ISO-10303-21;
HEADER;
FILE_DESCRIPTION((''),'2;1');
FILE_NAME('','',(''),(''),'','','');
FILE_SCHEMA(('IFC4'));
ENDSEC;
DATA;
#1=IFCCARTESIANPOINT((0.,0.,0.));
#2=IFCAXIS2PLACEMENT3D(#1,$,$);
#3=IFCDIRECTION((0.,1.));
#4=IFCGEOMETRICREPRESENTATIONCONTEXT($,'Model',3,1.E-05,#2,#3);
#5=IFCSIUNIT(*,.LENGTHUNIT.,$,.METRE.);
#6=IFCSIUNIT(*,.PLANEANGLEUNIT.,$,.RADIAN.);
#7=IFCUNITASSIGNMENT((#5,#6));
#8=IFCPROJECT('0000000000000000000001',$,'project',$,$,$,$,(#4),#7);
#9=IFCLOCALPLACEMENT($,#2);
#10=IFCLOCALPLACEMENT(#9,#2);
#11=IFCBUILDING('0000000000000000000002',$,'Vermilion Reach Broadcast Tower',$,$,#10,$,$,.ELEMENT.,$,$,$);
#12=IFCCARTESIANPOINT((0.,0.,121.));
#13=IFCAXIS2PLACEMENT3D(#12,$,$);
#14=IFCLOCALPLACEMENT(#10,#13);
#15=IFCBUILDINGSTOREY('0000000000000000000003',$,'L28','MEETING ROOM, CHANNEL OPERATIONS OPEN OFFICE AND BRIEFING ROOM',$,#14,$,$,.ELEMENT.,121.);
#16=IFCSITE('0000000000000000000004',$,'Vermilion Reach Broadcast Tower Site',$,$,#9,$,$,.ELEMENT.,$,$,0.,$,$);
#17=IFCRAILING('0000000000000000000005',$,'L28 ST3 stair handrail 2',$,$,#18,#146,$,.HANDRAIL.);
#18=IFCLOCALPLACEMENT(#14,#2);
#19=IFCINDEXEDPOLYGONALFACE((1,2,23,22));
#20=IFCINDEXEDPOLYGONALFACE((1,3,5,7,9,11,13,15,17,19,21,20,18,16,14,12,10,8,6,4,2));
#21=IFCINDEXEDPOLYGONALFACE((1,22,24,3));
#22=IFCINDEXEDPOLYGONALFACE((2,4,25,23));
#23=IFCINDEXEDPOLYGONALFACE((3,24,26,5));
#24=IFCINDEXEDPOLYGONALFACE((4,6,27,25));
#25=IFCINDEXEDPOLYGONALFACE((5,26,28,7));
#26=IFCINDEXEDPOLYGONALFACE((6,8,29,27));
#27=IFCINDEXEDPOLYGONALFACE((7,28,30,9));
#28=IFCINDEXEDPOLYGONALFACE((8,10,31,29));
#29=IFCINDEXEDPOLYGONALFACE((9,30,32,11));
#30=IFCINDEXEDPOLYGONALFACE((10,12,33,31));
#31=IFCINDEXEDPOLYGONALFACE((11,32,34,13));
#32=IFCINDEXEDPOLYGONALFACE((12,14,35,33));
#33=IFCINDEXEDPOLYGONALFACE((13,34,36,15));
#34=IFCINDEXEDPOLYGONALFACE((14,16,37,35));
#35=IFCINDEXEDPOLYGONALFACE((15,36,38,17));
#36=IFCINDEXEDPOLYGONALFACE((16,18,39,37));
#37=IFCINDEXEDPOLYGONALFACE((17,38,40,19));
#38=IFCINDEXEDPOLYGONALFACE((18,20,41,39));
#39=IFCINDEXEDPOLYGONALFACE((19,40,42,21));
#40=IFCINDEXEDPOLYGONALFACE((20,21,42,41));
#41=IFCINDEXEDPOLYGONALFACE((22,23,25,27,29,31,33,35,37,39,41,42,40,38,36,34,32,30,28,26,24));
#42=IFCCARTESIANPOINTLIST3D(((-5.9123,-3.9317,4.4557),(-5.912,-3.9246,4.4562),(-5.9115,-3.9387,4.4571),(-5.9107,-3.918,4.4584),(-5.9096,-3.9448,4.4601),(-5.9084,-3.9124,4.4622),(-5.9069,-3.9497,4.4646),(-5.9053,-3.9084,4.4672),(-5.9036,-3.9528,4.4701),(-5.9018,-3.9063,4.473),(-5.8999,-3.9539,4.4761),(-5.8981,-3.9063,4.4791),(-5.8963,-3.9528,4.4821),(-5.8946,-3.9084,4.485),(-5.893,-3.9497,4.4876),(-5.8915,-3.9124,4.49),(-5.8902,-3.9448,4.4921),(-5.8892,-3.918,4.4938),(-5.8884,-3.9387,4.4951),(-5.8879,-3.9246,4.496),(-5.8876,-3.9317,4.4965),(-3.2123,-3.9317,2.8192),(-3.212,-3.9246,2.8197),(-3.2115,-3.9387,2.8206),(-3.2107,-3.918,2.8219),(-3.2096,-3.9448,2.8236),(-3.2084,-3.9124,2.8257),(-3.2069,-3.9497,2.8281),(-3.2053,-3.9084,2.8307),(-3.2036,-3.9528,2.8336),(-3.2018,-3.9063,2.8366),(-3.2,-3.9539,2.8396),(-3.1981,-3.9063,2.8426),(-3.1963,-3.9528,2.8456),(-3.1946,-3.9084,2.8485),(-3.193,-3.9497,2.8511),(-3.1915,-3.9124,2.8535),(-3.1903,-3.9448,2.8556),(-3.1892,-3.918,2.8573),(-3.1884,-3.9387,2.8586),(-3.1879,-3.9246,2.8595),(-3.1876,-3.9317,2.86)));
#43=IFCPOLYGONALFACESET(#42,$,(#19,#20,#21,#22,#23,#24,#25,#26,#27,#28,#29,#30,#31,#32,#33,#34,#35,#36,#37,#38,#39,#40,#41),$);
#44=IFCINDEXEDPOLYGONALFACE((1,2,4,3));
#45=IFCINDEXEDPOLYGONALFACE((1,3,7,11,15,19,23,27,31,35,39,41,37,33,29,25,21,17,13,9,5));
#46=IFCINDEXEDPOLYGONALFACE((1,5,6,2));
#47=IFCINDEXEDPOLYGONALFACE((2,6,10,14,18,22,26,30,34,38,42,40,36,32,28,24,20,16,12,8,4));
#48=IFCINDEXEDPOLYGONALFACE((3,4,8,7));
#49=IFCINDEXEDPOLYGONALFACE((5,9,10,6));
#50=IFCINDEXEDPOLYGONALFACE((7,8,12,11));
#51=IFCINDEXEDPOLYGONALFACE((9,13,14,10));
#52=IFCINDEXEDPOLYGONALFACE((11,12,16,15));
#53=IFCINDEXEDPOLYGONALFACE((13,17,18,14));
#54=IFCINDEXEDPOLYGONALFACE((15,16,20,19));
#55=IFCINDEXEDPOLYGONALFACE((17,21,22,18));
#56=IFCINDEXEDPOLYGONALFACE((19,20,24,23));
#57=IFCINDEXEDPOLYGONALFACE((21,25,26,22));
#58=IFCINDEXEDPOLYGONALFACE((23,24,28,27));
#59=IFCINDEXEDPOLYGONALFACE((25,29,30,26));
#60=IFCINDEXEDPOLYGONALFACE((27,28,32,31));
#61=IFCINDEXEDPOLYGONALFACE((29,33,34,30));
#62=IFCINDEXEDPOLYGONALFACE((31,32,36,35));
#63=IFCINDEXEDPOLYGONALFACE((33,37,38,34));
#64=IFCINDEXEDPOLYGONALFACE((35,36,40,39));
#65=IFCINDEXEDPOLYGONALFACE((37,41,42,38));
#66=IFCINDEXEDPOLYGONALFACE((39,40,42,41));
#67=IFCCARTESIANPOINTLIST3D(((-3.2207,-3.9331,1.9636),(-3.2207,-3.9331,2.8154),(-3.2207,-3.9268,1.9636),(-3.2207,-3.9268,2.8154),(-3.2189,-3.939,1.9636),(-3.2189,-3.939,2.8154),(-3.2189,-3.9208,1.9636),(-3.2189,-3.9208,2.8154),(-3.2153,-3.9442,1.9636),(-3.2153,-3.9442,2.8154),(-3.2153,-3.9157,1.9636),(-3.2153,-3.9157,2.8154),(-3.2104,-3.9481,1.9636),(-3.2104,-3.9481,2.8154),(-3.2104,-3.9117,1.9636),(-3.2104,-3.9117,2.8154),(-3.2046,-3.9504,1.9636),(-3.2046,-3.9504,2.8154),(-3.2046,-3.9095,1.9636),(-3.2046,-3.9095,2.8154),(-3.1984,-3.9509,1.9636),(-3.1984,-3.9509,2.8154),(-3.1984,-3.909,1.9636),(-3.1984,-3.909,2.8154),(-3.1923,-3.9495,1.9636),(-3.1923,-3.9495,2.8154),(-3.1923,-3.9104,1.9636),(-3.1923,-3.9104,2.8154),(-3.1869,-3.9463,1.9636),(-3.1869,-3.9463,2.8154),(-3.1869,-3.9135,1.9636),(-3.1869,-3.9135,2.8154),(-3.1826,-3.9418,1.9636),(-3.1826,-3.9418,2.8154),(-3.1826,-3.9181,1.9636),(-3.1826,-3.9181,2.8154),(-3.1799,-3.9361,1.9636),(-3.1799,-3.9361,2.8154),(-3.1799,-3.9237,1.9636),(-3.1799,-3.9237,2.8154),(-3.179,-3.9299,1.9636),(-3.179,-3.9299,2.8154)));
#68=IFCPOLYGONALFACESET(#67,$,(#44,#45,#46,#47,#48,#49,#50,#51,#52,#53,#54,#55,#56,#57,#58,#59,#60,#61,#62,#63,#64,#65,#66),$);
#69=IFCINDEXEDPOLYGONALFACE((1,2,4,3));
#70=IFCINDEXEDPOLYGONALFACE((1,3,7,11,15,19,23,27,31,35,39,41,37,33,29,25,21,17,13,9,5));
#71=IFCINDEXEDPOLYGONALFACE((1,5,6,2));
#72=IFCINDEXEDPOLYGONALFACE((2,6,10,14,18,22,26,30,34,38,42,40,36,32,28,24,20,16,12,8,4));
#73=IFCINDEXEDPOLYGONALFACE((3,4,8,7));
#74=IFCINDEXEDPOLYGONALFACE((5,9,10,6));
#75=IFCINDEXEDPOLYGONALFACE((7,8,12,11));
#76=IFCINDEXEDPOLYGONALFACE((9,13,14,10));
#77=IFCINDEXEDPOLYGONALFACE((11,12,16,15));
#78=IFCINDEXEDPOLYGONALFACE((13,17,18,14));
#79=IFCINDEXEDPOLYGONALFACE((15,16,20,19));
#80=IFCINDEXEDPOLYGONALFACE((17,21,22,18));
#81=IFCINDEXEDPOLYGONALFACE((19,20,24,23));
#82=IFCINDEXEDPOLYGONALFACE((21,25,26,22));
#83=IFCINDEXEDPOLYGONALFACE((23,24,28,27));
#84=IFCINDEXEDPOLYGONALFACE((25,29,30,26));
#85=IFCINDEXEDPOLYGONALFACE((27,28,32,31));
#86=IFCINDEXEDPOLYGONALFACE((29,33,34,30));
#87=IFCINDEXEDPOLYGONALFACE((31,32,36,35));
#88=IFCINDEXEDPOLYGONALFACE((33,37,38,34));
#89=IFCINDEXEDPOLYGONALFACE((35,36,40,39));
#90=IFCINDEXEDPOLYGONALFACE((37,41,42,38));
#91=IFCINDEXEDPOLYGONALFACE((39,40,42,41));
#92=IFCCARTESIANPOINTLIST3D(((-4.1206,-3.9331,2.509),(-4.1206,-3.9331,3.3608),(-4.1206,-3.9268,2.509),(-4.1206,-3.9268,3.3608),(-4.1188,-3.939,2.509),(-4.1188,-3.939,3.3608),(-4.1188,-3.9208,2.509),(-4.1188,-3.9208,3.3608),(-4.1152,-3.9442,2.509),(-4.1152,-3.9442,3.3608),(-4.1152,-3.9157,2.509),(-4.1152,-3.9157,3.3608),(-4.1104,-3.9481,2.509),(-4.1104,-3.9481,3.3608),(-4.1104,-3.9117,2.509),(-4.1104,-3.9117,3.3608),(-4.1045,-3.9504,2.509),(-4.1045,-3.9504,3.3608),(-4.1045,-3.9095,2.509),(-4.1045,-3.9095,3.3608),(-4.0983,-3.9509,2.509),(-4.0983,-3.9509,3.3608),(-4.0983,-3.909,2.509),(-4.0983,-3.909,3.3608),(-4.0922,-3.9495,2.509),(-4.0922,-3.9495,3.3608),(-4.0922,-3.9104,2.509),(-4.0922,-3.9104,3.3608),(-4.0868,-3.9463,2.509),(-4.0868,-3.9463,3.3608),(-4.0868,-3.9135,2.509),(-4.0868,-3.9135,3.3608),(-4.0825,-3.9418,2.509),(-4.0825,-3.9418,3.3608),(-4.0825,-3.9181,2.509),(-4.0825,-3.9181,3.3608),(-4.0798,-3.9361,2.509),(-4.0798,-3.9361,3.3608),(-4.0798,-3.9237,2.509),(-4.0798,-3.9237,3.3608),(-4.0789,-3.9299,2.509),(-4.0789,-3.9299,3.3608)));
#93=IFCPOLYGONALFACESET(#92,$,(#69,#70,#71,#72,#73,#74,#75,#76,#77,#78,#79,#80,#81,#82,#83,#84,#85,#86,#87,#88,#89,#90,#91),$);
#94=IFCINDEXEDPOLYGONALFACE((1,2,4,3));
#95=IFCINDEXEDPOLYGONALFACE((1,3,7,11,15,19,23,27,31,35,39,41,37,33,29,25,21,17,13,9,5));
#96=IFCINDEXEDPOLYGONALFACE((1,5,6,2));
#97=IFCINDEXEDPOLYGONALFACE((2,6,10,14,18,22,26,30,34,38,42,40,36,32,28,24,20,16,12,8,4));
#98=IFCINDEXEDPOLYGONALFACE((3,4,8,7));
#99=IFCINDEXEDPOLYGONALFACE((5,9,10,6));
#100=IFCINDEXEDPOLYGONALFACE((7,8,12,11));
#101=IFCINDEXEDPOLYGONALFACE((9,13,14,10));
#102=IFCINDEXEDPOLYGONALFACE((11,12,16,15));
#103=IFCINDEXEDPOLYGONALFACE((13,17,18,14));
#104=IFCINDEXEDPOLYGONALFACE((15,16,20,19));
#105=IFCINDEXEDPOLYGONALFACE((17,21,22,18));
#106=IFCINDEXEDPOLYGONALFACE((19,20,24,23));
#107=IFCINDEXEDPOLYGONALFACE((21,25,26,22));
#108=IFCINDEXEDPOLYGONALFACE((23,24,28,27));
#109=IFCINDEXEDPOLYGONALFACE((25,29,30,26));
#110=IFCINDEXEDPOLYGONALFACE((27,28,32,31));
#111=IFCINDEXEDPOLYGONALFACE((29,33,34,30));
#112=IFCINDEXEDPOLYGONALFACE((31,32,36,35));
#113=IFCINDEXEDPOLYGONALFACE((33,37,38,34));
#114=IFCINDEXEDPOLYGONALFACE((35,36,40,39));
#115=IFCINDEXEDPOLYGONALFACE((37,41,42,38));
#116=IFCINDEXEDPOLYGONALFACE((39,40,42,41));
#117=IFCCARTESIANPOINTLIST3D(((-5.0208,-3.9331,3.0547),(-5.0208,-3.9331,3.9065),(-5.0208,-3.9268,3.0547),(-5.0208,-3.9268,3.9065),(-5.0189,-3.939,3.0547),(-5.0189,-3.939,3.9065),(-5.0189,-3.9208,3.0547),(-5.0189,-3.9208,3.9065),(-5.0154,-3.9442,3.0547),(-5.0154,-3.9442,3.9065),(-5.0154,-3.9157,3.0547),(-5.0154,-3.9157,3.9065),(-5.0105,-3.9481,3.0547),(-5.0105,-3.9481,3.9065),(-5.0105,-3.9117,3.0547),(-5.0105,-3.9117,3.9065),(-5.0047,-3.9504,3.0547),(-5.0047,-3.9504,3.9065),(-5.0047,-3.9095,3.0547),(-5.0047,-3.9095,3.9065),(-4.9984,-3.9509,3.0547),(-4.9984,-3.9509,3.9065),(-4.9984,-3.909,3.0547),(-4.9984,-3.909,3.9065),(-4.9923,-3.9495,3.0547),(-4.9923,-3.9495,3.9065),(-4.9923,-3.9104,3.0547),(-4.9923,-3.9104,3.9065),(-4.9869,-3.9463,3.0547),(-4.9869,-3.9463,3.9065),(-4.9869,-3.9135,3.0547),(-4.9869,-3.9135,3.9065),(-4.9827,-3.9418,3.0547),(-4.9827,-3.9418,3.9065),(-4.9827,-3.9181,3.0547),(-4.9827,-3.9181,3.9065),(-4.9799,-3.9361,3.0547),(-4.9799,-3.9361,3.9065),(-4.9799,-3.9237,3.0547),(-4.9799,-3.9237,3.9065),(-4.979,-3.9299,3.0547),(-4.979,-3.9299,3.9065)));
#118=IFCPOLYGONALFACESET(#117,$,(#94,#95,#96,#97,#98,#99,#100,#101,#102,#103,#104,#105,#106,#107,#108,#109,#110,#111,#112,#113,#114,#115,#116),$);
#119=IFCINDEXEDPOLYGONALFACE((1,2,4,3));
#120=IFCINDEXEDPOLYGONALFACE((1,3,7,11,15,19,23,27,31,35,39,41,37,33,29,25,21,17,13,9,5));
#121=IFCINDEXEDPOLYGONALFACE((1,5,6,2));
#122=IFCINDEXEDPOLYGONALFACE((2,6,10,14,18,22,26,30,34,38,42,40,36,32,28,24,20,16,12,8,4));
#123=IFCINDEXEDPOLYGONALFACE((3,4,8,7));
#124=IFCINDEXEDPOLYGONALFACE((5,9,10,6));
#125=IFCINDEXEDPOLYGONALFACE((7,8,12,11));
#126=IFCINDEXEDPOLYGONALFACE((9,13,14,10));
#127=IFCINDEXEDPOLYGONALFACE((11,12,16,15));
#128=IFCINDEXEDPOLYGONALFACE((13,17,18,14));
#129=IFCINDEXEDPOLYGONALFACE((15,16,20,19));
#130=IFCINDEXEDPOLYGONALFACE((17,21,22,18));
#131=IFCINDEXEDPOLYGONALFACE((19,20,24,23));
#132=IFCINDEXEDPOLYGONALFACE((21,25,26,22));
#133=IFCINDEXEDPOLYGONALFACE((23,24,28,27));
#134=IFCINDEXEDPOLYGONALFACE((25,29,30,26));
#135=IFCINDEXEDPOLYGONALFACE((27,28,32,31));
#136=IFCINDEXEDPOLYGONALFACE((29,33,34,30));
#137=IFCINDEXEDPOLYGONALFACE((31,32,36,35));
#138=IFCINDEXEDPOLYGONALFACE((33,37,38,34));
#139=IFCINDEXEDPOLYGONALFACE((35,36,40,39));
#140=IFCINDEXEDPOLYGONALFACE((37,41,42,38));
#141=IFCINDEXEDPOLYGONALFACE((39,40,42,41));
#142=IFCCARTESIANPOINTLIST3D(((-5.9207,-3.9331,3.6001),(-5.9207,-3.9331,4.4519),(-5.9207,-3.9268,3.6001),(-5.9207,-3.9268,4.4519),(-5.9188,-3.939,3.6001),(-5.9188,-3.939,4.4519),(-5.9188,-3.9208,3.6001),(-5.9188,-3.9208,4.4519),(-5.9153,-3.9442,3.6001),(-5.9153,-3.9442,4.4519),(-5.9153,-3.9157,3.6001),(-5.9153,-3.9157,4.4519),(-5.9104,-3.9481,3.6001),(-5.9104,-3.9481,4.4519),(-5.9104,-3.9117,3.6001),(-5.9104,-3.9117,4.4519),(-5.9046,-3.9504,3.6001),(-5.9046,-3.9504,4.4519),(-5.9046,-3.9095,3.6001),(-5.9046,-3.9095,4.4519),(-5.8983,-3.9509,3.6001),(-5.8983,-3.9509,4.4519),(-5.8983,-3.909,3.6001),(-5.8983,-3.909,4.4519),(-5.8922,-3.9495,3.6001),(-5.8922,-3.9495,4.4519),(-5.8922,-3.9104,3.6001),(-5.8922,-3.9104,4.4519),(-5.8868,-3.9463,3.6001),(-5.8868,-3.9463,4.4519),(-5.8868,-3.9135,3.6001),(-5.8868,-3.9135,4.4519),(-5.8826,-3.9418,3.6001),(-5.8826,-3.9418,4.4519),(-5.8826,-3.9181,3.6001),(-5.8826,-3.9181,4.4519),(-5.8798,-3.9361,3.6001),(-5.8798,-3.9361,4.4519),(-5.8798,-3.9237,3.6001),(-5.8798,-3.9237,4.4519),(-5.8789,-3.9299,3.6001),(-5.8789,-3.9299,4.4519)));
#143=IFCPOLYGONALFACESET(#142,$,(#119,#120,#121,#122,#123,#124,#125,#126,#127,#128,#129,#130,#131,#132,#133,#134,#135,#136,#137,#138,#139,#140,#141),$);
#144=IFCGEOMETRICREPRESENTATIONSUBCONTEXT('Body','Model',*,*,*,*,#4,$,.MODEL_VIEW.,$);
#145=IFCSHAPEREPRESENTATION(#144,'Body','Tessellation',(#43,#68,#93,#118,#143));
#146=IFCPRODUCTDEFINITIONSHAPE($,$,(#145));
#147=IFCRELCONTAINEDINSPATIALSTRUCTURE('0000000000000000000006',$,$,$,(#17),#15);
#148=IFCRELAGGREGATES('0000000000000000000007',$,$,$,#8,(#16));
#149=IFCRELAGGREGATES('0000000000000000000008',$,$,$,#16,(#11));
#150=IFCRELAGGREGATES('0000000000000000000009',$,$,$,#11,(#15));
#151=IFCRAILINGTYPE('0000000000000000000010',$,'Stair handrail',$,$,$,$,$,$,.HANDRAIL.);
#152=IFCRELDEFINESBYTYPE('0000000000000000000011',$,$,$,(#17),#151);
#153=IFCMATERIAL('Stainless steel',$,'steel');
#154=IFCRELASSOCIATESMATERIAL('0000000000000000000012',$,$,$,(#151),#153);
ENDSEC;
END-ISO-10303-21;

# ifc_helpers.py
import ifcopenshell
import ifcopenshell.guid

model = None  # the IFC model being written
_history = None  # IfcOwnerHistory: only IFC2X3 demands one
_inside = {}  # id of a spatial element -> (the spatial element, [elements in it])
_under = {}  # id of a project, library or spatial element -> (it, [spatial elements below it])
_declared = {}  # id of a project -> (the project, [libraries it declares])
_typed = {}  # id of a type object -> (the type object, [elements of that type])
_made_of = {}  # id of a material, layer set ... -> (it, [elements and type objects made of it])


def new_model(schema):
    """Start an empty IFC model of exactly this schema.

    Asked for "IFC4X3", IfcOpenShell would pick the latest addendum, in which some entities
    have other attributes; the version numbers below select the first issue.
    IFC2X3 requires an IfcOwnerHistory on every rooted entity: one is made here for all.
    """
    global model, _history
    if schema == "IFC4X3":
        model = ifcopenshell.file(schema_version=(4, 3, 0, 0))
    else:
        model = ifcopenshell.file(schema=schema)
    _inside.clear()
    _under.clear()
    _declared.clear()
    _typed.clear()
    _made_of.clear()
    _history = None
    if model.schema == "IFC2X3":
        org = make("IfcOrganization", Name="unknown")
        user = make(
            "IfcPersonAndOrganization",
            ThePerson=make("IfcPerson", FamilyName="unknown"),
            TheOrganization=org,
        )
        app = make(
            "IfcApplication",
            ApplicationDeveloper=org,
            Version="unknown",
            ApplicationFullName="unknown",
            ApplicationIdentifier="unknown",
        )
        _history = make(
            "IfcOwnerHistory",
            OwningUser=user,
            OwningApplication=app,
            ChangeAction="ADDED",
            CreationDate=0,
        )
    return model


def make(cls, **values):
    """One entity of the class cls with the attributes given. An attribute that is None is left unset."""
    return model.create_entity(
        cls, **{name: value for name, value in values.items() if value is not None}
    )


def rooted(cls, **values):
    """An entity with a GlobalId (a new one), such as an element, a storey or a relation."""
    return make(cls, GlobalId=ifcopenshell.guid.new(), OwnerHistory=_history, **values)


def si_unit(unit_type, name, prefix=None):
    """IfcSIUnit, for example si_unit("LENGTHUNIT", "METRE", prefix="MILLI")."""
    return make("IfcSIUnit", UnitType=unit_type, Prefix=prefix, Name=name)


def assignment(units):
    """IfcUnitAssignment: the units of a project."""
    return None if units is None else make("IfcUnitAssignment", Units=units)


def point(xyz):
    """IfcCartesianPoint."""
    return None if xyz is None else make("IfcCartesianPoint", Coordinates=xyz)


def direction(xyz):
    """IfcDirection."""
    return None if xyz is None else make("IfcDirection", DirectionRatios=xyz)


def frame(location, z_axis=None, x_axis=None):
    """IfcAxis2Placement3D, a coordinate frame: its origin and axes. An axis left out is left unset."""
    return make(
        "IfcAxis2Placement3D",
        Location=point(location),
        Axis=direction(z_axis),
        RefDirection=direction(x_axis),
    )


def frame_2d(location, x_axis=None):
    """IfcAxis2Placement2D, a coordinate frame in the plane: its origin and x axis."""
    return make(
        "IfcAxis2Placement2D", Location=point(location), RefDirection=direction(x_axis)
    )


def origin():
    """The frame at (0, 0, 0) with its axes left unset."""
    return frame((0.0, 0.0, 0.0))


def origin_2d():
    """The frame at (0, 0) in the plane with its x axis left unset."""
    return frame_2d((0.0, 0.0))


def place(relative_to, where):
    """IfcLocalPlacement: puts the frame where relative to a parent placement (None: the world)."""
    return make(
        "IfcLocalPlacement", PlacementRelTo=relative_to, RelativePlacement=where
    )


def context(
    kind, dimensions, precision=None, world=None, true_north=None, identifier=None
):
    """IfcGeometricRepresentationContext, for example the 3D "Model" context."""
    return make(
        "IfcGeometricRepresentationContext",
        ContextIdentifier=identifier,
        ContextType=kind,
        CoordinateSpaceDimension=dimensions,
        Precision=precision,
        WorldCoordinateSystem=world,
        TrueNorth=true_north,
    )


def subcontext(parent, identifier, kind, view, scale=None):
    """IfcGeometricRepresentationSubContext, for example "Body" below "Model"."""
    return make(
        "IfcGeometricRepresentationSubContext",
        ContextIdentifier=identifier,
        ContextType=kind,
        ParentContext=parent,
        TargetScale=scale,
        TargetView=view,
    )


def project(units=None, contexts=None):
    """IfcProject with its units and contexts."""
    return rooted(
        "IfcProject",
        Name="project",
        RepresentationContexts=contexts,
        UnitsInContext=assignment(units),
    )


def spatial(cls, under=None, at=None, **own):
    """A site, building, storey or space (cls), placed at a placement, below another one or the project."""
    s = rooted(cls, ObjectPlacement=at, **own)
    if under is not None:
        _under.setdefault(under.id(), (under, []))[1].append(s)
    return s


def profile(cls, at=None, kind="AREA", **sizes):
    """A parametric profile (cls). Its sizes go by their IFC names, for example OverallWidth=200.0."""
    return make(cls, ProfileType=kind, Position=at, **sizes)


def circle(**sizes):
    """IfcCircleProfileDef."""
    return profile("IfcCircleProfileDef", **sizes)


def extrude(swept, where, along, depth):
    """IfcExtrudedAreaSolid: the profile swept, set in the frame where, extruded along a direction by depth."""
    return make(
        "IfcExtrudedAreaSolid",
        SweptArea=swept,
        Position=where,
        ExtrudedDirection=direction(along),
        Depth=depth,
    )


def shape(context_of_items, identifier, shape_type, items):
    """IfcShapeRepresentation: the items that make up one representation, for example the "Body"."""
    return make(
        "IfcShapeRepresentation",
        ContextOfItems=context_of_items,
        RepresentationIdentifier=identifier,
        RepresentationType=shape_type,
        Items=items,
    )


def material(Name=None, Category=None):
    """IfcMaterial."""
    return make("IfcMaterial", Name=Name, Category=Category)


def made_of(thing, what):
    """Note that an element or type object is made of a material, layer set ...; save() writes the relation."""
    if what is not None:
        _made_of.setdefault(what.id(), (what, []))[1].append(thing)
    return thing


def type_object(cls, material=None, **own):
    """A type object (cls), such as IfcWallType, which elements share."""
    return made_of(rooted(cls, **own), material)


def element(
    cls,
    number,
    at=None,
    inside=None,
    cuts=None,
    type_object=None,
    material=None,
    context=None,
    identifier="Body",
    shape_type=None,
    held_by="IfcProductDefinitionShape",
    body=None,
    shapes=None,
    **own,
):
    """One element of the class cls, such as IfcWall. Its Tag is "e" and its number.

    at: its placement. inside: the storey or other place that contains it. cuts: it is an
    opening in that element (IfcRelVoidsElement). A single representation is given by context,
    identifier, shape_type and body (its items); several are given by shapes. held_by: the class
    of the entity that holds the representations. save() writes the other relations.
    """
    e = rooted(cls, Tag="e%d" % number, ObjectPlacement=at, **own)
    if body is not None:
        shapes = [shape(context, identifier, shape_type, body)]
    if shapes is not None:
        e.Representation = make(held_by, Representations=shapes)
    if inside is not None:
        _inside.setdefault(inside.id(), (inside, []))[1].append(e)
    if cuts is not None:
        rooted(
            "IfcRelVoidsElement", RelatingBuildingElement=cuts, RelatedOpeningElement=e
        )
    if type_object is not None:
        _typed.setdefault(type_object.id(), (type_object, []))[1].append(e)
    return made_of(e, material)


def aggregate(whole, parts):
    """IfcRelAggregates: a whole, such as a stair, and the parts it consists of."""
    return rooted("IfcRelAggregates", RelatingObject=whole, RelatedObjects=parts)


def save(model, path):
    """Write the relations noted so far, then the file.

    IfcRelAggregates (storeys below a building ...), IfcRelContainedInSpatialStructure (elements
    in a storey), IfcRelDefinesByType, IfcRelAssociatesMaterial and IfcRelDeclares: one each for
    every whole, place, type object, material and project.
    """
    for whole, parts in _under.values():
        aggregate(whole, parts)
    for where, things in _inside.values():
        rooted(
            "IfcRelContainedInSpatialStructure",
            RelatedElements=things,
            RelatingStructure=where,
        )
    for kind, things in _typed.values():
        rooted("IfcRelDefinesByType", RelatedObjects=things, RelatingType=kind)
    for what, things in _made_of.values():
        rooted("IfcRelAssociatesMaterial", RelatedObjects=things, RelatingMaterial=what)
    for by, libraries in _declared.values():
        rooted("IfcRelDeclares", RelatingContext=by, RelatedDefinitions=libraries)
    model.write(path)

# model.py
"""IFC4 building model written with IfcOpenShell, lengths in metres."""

from ifc_helpers import new_model, si_unit, direction, frame, origin, origin_2d, place, context, subcontext, project, spatial, circle, extrude, material, type_object, element, save


model = new_model("IFC4")

# Units and contexts
model_context = context("Model", 3, precision=1e-05, world=origin(), true_north=direction((0.0, 1.0)))
body_context = subcontext(model_context, "Body", "Model", "MODEL_VIEW")
ifc_project = project(units=[si_unit("LENGTHUNIT", "METRE"), si_unit("PLANEANGLEUNIT", "RADIAN")], contexts=[model_context])

# Site, building, storey
site_placement = place(None, origin())
site = spatial("IfcSite", under=ifc_project, at=site_placement, Name="Vermilion Reach Broadcast Tower Site", CompositionType="ELEMENT", RefElevation=0.0)
building_placement = place(site_placement, origin())
building = spatial("IfcBuilding", under=site, at=building_placement, Name="Vermilion Reach Broadcast Tower", CompositionType="ELEMENT")
storey_placement = place(building_placement, frame((0.0, 0.0, 121.0)))
storey = spatial("IfcBuildingStorey", under=building, at=storey_placement, Name="L28", Description="MEETING ROOM, CHANNEL OPERATIONS OPEN OFFICE AND BRIEFING ROOM", CompositionType="ELEMENT", Elevation=121.0)

# Railing
ifc_material_1 = material(Name="Stainless steel", Category="steel")
railing_type_1 = type_object("IfcRailingType", Name="Stair handrail", PredefinedType="HANDRAIL", material=ifc_material_1)
railing_1_placement = place(storey_placement, frame((-3.2, -3.9299, 1.9636)))
element("IfcRailing", 1, at=railing_1_placement, inside=storey, type_object=railing_type_1, Name="L28 ST3 stair handrail 2", PredefinedType="HANDRAIL", context=body_context, shape_type="SweptSolid", body=[
    extrude(circle(Radius=0.0239, at=origin_2d()), frame((0.0, 0.0, 0.876), z_axis=(-0.855178, 0.0, 0.518334), x_axis=(0.0, -1.0, 0.0)), (0.0, 0.0, 1.0), 3.1572),
    extrude(circle(Radius=0.021, at=origin_2d()), origin(), (0.0, 0.0, 1.0), 0.8518),
    extrude(circle(Radius=0.021, at=origin_2d()), frame((-0.8999, 0.0, 0.5454)), (0.0, 0.0, 1.0), 0.8518),
    extrude(circle(Radius=0.021, at=origin_2d()), frame((-1.8, 0.0, 1.0911)), (0.0, 0.0, 1.0), 0.8518),
    extrude(circle(Radius=0.021, at=origin_2d()), frame((-2.7, 0.0, 1.6365)), (0.0, 0.0, 1.0), 0.8518),
])

save(model, "model.ifc")
